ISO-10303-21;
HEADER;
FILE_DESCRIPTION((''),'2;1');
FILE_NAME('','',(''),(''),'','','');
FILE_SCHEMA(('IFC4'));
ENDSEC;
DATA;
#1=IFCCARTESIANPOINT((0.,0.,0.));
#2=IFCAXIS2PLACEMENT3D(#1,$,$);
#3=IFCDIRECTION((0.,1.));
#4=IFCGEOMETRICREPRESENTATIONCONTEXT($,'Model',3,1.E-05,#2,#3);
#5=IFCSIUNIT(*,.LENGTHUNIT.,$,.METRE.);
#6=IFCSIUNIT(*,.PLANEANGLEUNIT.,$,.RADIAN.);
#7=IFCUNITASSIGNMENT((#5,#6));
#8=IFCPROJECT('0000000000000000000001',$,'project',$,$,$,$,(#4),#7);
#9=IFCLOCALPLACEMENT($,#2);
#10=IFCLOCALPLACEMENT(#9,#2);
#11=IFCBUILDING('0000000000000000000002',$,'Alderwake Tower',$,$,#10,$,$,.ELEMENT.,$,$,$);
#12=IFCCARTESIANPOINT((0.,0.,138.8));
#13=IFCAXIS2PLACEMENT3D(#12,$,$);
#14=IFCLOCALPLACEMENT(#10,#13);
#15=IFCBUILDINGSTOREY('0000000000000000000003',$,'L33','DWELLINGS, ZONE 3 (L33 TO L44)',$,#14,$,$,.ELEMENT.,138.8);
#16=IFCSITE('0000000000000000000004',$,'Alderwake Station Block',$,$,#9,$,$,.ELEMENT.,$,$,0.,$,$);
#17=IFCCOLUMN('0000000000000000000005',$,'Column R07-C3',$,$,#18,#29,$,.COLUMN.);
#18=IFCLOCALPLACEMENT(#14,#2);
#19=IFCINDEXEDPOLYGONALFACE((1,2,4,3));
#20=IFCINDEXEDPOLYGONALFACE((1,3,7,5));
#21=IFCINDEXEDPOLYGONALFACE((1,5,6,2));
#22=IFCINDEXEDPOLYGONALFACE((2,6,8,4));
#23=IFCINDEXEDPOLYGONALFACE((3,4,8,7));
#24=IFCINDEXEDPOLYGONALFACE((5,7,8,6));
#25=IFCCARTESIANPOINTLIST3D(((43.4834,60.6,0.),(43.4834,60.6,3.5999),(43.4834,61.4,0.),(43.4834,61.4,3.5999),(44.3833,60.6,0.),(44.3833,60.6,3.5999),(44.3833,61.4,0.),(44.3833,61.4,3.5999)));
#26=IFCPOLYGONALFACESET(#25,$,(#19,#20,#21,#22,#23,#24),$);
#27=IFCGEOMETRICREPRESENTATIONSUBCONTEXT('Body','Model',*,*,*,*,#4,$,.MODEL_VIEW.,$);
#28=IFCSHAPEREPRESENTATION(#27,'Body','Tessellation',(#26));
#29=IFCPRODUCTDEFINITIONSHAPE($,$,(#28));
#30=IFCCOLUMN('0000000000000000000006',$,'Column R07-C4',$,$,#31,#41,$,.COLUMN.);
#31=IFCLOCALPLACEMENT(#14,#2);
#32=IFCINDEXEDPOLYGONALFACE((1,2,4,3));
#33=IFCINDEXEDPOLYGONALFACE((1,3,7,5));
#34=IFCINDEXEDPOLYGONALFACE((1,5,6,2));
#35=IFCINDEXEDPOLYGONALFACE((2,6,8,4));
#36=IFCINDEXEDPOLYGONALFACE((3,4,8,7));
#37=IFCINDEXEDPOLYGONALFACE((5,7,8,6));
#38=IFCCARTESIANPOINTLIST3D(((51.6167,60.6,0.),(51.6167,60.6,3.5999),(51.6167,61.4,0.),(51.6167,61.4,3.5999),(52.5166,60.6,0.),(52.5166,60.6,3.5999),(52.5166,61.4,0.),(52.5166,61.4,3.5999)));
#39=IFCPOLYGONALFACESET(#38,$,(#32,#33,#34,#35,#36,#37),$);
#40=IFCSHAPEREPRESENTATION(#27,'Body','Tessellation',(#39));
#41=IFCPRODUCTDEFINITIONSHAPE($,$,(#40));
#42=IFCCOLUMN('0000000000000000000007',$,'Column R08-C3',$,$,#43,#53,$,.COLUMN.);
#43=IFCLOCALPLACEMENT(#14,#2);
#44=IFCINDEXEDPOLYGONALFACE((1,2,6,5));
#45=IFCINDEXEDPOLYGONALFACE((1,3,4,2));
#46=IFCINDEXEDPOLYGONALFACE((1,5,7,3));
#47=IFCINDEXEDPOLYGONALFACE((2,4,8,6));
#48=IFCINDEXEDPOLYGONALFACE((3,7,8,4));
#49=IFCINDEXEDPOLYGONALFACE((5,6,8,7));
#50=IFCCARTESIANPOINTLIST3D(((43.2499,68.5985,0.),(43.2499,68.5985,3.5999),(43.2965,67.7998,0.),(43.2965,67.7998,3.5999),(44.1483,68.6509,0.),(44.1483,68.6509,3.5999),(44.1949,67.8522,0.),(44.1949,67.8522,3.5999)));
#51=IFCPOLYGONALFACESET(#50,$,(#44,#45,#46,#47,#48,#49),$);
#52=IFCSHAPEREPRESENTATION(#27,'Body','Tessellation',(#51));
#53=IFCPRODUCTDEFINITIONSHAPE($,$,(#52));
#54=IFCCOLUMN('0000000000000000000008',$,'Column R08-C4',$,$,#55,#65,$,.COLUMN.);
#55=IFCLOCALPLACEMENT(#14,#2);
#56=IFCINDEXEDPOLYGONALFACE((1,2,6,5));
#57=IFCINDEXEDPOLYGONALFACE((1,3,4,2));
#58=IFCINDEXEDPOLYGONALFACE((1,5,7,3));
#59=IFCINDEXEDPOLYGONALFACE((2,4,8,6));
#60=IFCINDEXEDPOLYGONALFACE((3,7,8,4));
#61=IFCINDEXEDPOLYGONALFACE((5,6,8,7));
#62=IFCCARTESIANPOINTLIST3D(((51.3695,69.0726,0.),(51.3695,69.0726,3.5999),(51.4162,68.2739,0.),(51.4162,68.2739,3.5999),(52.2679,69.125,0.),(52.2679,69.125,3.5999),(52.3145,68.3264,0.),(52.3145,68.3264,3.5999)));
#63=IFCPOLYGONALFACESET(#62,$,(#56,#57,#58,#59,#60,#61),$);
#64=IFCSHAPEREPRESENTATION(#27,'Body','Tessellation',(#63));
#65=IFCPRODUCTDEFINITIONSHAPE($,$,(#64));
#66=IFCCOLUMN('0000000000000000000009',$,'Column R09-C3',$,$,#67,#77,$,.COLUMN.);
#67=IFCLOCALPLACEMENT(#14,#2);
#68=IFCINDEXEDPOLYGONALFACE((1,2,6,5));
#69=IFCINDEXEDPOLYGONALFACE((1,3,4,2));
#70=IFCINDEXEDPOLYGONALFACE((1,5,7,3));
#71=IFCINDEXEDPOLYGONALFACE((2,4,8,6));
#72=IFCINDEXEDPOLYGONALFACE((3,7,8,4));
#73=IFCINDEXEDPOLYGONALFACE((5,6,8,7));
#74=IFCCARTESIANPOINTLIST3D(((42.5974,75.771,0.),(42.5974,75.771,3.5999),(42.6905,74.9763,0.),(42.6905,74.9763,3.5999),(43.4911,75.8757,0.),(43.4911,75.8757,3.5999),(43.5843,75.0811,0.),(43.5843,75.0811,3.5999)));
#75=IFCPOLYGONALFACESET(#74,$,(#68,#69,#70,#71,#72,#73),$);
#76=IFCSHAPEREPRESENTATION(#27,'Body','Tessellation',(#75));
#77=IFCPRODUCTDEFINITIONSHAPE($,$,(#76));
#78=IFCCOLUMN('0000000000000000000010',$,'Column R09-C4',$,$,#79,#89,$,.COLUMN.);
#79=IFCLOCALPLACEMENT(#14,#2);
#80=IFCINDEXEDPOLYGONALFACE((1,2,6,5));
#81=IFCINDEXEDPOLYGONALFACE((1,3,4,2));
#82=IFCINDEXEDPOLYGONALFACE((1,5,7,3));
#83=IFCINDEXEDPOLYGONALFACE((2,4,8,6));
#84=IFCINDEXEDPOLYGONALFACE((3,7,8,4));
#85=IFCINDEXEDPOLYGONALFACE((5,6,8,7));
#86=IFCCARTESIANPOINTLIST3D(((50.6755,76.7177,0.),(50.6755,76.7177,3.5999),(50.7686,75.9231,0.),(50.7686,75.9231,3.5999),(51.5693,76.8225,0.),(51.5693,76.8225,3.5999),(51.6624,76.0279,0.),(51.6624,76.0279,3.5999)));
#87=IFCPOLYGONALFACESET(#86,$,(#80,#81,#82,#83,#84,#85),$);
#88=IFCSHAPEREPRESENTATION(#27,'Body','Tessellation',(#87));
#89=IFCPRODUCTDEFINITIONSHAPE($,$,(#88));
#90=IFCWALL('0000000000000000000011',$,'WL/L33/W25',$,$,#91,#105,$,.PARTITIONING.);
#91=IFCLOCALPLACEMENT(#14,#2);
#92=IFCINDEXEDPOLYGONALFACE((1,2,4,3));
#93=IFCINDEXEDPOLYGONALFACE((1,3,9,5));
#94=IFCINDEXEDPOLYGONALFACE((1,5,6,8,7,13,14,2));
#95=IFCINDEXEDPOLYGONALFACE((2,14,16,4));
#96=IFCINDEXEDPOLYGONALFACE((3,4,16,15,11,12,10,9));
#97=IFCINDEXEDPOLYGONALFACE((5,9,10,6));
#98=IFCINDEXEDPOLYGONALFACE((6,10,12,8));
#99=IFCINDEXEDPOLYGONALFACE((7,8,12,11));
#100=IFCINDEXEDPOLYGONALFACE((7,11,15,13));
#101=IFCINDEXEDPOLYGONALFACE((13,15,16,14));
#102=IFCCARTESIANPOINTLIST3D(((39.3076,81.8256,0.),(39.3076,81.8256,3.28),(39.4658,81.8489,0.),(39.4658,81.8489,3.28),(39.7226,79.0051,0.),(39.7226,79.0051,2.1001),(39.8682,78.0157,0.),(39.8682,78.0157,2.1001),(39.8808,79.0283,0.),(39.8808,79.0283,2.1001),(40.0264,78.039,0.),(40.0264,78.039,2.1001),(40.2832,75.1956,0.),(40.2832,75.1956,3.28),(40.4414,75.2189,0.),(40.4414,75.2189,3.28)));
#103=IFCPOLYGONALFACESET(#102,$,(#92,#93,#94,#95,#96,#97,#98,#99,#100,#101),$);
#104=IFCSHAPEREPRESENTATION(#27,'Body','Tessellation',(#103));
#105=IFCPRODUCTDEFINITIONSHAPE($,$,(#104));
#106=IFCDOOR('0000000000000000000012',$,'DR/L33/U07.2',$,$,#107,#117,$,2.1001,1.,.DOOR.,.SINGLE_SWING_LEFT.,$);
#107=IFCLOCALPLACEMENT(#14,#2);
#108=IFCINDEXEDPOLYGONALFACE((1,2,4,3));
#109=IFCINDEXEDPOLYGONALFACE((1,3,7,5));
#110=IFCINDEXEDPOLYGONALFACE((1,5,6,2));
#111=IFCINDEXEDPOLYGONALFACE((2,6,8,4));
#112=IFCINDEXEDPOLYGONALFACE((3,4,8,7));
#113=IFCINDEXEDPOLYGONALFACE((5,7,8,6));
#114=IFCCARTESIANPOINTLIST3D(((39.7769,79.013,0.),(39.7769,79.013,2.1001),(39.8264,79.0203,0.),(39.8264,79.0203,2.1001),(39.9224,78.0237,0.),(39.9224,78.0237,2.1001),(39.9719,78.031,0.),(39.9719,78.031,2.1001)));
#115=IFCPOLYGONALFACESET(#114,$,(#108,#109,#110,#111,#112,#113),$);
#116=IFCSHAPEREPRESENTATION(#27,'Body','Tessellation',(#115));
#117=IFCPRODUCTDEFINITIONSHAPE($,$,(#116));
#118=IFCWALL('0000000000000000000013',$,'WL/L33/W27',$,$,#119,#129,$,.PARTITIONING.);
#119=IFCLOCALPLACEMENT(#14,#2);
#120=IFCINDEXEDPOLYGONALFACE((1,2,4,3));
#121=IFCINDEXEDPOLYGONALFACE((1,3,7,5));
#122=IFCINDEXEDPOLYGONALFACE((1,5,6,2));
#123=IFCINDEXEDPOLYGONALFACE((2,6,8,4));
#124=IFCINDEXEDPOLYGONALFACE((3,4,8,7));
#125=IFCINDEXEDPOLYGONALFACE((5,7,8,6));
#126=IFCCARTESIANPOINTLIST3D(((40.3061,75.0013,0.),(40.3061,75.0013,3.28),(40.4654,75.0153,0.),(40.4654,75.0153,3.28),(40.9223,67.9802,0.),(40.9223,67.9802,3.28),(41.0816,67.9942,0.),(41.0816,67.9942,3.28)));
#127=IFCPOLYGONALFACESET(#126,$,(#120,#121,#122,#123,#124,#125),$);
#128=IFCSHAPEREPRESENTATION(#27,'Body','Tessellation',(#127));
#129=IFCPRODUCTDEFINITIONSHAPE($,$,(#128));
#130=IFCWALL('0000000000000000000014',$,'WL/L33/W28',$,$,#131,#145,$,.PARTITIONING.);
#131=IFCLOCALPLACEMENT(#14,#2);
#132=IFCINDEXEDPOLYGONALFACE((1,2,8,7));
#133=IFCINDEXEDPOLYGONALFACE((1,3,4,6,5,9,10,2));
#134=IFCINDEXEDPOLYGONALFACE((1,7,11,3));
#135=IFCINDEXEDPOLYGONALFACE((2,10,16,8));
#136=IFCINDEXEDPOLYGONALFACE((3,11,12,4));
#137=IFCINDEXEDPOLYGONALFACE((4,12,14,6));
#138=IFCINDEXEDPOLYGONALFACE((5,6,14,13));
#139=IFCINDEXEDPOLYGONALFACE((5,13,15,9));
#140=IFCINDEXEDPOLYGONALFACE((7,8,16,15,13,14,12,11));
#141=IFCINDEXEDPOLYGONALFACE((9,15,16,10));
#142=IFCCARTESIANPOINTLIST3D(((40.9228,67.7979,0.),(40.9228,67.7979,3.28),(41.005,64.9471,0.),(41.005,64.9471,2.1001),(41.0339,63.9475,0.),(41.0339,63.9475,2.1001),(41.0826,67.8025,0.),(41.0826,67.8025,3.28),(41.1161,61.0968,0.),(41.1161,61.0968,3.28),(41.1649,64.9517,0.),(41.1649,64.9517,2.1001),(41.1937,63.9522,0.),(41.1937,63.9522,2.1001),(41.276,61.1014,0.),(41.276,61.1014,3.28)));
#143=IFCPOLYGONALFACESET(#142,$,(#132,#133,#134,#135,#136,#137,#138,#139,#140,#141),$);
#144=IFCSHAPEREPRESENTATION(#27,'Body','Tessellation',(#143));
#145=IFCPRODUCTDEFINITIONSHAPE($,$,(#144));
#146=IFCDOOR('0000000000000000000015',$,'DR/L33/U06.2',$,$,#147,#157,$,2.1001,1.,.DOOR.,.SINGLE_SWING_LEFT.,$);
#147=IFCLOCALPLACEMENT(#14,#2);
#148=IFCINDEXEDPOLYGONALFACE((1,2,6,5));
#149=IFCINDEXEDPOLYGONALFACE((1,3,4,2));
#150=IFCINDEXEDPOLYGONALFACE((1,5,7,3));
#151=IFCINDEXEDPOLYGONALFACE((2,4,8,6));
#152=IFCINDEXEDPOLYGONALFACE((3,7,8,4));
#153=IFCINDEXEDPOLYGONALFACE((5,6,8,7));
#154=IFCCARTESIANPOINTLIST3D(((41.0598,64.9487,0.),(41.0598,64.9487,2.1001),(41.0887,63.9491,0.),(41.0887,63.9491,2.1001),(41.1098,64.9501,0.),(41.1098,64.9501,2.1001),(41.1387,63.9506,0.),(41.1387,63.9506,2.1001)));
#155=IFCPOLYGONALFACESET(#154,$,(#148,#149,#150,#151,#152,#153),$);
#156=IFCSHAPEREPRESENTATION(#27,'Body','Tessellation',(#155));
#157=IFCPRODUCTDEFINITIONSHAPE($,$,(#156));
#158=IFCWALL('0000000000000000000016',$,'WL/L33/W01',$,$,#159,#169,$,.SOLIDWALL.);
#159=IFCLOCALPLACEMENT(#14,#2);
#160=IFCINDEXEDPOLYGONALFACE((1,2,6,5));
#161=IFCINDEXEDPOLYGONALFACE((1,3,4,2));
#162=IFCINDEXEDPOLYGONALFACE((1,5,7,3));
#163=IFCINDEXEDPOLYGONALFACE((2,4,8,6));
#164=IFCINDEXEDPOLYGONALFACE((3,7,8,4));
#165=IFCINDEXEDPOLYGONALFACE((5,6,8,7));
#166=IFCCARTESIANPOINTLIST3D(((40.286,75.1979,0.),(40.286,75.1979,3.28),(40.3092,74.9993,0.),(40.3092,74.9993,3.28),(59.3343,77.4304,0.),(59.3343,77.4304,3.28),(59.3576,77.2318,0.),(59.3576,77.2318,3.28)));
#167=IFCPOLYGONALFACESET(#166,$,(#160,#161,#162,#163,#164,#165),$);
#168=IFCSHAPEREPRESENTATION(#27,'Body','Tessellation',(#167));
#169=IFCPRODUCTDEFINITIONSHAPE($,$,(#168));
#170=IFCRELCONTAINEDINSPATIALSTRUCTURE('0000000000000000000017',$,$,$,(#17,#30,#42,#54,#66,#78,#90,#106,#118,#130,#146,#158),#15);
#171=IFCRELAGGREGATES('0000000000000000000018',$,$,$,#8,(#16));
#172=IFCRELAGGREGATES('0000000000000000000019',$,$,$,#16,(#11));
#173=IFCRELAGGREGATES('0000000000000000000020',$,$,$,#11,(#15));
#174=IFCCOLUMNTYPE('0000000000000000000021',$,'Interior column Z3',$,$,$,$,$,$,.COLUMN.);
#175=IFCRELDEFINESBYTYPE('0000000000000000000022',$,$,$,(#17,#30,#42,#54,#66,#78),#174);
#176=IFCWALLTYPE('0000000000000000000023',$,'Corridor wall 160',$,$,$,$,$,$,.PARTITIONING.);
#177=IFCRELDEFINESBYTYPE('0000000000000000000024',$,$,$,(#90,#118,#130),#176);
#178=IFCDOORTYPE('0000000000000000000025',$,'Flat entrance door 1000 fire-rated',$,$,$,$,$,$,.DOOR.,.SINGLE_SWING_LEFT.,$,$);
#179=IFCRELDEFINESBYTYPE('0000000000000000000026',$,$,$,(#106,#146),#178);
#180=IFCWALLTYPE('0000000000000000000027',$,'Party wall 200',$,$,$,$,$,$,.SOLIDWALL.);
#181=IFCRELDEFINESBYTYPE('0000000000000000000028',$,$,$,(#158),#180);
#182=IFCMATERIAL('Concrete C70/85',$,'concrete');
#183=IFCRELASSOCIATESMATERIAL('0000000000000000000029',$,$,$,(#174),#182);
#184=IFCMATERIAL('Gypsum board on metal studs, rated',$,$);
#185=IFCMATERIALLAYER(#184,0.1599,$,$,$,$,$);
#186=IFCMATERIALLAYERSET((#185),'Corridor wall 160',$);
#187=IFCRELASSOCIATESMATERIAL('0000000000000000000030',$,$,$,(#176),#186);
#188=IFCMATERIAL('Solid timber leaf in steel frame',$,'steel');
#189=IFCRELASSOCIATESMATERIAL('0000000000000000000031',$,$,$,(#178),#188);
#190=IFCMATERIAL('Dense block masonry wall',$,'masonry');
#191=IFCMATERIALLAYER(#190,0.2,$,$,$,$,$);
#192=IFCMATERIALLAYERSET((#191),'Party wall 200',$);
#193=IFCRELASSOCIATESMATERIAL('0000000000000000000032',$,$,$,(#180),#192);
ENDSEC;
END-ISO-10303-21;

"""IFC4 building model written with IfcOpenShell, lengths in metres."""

from ifc_helpers import new_model, si_unit, direction, frame, frame_2d, origin, origin_2d, place, context, subcontext, project, spatial, rectangle, extrude, material, layer, layer_set, material_profile, profile_set, type_object, element, fill, save


model = new_model("IFC4")

# Units and contexts
model_context = context("Model", 3, precision=1e-05, world=origin(), true_north=direction((0.0, 1.0)))
body_context = subcontext(model_context, "Body", "Model", "MODEL_VIEW")
ifc_project = project(units=[si_unit("LENGTHUNIT", "METRE"), si_unit("PLANEANGLEUNIT", "RADIAN")], contexts=[model_context])

# Site, building, storey
site_placement = place(None, origin())
site = spatial("IfcSite", under=ifc_project, at=site_placement, Name="Alderwake Station Block", CompositionType="ELEMENT", RefElevation=0.0)
building_placement = place(site_placement, origin())
building = spatial("IfcBuilding", under=site, at=building_placement, Name="Alderwake Tower", CompositionType="ELEMENT")
storey_placement = place(building_placement, frame((0.0, 0.0, 138.8)))
storey = spatial("IfcBuildingStorey", under=building, at=storey_placement, Name="L33", Description="DWELLINGS, ZONE 3 (L33 TO L44)", CompositionType="ELEMENT", Elevation=138.8)

# Columns
ifc_material_1 = material(Name="Concrete C70/85", Category="concrete")
ifc_material_profile = material_profile(ifc_material_1, rectangle(XDim=0.8, YDim=0.8999, at=origin_2d()), Name="RC 900X800")
ifc_profile_set = profile_set([ifc_material_profile], Name="Concrete C70/85")
column_type = type_object("IfcColumnType", Name="Interior column Z3", PredefinedType="COLUMN", material=ifc_profile_set)
for number, where, z_axis, x_axis, name in (
    (1, (43.9333, 61.0, 0.0), (0.0, 0.0, 1.0), (0.0, 1.0, 0.0), "Column R07-C3"),
    (2, (52.0667, 61.0, 0.0), (0.0, 0.0, 1.0), (0.0, 1.0, 0.0), "Column R07-C4"),
    (3, (43.7224, 68.2253, 0.0), (0.0, 0.0, 1.0), (-0.058299, 0.998299, 0.0), "Column R08-C3"),
    (4, (51.842, 68.6995, 0.0), (0.0, 0.0, 1.0), (-0.058299, 0.998299, 0.0), "Column R08-C4"),
    (5, (43.0908, 75.426, 0.0), (0.0, 0.0, 1.0), (-0.116402, 0.993202, 0.0), "Column R09-C3"),
    (6, (51.1689, 76.3728, 0.0), (0.0, 0.0, 1.0), (-0.116402, 0.993202, 0.0), "Column R09-C4"),
):
    element("IfcColumn", number, at=place(storey_placement, frame(where, z_axis=z_axis, x_axis=x_axis)), inside=storey, type_object=column_type, Name=name, PredefinedType="COLUMN", context=body_context, shape_type="SweptSolid", body=[
        extrude(rectangle(XDim=0.8, YDim=0.8999, at=origin_2d()), origin(), (0.0, 0.0, 1.0), 3.5999),
    ])

# Wall, opening, door
ifc_material_2 = material(Name="Gypsum board on metal studs, rated")
ifc_layer_1 = layer(ifc_material_2, 0.1599)
ifc_layer_set_1 = layer_set([ifc_layer_1], Name="Corridor wall 160")
wall_type_1 = type_object("IfcWallType", Name="Corridor wall 160", PredefinedType="PARTITIONING", material=ifc_layer_set_1)
wall_1_placement = place(storey_placement, frame((39.3867, 81.8372, 0.0), z_axis=(0.0, 0.0, 1.0), x_axis=(0.145577, -0.989347, 0.0)))
wall_1 = element("IfcWall", 7, at=wall_1_placement, inside=storey, type_object=wall_type_1, Name="WL/L33/W25", PredefinedType="PARTITIONING", context=body_context, shape_type="SweptSolid", body=[
    extrude(rectangle(XDim=6.7014, YDim=0.1599, at=frame_2d((3.3506, 0.0))), origin(), (0.0, 0.0, 1.0), 3.28),
])
opening_1_placement = place(wall_1_placement, frame((2.8508, 0.0, 0.0)))
opening_1 = element("IfcOpeningElement", 8, at=opening_1_placement, cuts=wall_1, PredefinedType="OPENING", context=body_context, shape_type="SweptSolid", body=[
    extrude(rectangle(XDim=1.0, YDim=2.1001, at=frame_2d((0.5, 1.05))), frame((0.0, 0.0898, 0.0), z_axis=(0.0, -1.0, 0.0), x_axis=(1.0, 0.0, 0.0)), (0.0, 0.0, 1.0), 0.1799),
])
ifc_material_3 = material(Name="Solid timber leaf in steel frame", Category="steel")
door_type_1 = type_object("IfcDoorType", Name="Flat entrance door 1000 fire-rated", OperationType="SINGLE_SWING_LEFT", PredefinedType="DOOR", material=ifc_material_3)
door_1_placement = place(opening_1_placement, origin())
door_1 = element("IfcDoor", 9, at=door_1_placement, inside=storey, type_object=door_type_1, Name="DR/L33/U07.2", OperationType="SINGLE_SWING_LEFT", OverallHeight=2.1001, OverallWidth=1.0, PredefinedType="DOOR", context=body_context, shape_type="SweptSolid", body=[
    extrude(rectangle(XDim=1.0, YDim=2.1001, at=frame_2d((0.5, 1.05))), frame((0.0, 0.0249, 0.0), z_axis=(0.0, -1.0, 0.0), x_axis=(1.0, 0.0, 0.0)), (0.0, 0.0, 1.0), 0.05),
])
fill(opening_1, door_1)

# Wall
wall_2_placement = place(storey_placement, frame((41.002, 67.9873, 0.0), z_axis=(0.0, 0.0, 1.0), x_axis=(-0.087431, 0.996171, 0.0)))
element("IfcWall", 10, at=wall_2_placement, inside=storey, type_object=wall_type_1, Name="WL/L33/W27", PredefinedType="PARTITIONING", context=body_context, shape_type="SweptSolid", body=[
    extrude(rectangle(XDim=7.0481, YDim=0.1599, at=frame_2d((3.5239, 0.0))), origin(), (0.0, 0.0, 1.0), 3.28),
])

# Wall, opening, door
wall_3_placement = place(storey_placement, frame((41.0027, 67.8003, 0.0), z_axis=(0.0, 0.0, 1.0), x_axis=(0.028843, -0.999584, 0.0)))
wall_3 = element("IfcWall", 11, at=wall_3_placement, inside=storey, type_object=wall_type_1, Name="WL/L33/W28", PredefinedType="PARTITIONING", context=body_context, shape_type="SweptSolid", body=[
    extrude(rectangle(XDim=6.7039, YDim=0.1599, at=frame_2d((3.3521, 0.0))), origin(), (0.0, 0.0, 1.0), 3.28),
])
opening_2_placement = place(wall_3_placement, frame((2.8521, 0.0, 0.0)))
opening_2 = element("IfcOpeningElement", 12, at=opening_2_placement, cuts=wall_3, PredefinedType="OPENING", context=body_context, shape_type="SweptSolid", body=[
    extrude(rectangle(XDim=1.0, YDim=2.1001, at=frame_2d((0.5, 1.05))), frame((0.0, 0.0898, 0.0), z_axis=(0.0, -1.0, 0.0), x_axis=(1.0, 0.0, 0.0)), (0.0, 0.0, 1.0), 0.1799),
])
door_2_placement = place(opening_2_placement, origin())
door_2 = element("IfcDoor", 13, at=door_2_placement, inside=storey, type_object=door_type_1, Name="DR/L33/U06.2", OperationType="SINGLE_SWING_LEFT", OverallHeight=2.1001, OverallWidth=1.0, PredefinedType="DOOR", context=body_context, shape_type="SweptSolid", body=[
    extrude(rectangle(XDim=1.0, YDim=2.1001, at=frame_2d((0.5, 1.05))), frame((0.0, 0.0249, 0.0), z_axis=(0.0, -1.0, 0.0), x_axis=(1.0, 0.0, 0.0)), (0.0, 0.0, 1.0), 0.05),
])
fill(opening_2, door_2)

# Wall
ifc_material_4 = material(Name="Dense block masonry wall", Category="masonry")
ifc_layer_2 = layer(ifc_material_4, 0.2)
ifc_layer_set_2 = layer_set([ifc_layer_2], Name="Party wall 200")
wall_type_2 = type_object("IfcWallType", Name="Party wall 200", PredefinedType="SOLIDWALL", material=ifc_layer_set_2)
wall_4_placement = place(storey_placement, frame((40.2976, 75.0986, 0.0), z_axis=(0.0, 0.0, 1.0), x_axis=(0.993202, 0.116401, 0.0)))
element("IfcWall", 14, at=wall_4_placement, inside=storey, type_object=wall_type_2, Name="WL/L33/W01", PredefinedType="SOLIDWALL", context=body_context, shape_type="SweptSolid", body=[
    extrude(rectangle(XDim=19.1787, YDim=0.2, at=frame_2d((9.5894, 0.0))), origin(), (0.0, 0.0, 1.0), 3.28),
])

save(model, "model.ifc")
